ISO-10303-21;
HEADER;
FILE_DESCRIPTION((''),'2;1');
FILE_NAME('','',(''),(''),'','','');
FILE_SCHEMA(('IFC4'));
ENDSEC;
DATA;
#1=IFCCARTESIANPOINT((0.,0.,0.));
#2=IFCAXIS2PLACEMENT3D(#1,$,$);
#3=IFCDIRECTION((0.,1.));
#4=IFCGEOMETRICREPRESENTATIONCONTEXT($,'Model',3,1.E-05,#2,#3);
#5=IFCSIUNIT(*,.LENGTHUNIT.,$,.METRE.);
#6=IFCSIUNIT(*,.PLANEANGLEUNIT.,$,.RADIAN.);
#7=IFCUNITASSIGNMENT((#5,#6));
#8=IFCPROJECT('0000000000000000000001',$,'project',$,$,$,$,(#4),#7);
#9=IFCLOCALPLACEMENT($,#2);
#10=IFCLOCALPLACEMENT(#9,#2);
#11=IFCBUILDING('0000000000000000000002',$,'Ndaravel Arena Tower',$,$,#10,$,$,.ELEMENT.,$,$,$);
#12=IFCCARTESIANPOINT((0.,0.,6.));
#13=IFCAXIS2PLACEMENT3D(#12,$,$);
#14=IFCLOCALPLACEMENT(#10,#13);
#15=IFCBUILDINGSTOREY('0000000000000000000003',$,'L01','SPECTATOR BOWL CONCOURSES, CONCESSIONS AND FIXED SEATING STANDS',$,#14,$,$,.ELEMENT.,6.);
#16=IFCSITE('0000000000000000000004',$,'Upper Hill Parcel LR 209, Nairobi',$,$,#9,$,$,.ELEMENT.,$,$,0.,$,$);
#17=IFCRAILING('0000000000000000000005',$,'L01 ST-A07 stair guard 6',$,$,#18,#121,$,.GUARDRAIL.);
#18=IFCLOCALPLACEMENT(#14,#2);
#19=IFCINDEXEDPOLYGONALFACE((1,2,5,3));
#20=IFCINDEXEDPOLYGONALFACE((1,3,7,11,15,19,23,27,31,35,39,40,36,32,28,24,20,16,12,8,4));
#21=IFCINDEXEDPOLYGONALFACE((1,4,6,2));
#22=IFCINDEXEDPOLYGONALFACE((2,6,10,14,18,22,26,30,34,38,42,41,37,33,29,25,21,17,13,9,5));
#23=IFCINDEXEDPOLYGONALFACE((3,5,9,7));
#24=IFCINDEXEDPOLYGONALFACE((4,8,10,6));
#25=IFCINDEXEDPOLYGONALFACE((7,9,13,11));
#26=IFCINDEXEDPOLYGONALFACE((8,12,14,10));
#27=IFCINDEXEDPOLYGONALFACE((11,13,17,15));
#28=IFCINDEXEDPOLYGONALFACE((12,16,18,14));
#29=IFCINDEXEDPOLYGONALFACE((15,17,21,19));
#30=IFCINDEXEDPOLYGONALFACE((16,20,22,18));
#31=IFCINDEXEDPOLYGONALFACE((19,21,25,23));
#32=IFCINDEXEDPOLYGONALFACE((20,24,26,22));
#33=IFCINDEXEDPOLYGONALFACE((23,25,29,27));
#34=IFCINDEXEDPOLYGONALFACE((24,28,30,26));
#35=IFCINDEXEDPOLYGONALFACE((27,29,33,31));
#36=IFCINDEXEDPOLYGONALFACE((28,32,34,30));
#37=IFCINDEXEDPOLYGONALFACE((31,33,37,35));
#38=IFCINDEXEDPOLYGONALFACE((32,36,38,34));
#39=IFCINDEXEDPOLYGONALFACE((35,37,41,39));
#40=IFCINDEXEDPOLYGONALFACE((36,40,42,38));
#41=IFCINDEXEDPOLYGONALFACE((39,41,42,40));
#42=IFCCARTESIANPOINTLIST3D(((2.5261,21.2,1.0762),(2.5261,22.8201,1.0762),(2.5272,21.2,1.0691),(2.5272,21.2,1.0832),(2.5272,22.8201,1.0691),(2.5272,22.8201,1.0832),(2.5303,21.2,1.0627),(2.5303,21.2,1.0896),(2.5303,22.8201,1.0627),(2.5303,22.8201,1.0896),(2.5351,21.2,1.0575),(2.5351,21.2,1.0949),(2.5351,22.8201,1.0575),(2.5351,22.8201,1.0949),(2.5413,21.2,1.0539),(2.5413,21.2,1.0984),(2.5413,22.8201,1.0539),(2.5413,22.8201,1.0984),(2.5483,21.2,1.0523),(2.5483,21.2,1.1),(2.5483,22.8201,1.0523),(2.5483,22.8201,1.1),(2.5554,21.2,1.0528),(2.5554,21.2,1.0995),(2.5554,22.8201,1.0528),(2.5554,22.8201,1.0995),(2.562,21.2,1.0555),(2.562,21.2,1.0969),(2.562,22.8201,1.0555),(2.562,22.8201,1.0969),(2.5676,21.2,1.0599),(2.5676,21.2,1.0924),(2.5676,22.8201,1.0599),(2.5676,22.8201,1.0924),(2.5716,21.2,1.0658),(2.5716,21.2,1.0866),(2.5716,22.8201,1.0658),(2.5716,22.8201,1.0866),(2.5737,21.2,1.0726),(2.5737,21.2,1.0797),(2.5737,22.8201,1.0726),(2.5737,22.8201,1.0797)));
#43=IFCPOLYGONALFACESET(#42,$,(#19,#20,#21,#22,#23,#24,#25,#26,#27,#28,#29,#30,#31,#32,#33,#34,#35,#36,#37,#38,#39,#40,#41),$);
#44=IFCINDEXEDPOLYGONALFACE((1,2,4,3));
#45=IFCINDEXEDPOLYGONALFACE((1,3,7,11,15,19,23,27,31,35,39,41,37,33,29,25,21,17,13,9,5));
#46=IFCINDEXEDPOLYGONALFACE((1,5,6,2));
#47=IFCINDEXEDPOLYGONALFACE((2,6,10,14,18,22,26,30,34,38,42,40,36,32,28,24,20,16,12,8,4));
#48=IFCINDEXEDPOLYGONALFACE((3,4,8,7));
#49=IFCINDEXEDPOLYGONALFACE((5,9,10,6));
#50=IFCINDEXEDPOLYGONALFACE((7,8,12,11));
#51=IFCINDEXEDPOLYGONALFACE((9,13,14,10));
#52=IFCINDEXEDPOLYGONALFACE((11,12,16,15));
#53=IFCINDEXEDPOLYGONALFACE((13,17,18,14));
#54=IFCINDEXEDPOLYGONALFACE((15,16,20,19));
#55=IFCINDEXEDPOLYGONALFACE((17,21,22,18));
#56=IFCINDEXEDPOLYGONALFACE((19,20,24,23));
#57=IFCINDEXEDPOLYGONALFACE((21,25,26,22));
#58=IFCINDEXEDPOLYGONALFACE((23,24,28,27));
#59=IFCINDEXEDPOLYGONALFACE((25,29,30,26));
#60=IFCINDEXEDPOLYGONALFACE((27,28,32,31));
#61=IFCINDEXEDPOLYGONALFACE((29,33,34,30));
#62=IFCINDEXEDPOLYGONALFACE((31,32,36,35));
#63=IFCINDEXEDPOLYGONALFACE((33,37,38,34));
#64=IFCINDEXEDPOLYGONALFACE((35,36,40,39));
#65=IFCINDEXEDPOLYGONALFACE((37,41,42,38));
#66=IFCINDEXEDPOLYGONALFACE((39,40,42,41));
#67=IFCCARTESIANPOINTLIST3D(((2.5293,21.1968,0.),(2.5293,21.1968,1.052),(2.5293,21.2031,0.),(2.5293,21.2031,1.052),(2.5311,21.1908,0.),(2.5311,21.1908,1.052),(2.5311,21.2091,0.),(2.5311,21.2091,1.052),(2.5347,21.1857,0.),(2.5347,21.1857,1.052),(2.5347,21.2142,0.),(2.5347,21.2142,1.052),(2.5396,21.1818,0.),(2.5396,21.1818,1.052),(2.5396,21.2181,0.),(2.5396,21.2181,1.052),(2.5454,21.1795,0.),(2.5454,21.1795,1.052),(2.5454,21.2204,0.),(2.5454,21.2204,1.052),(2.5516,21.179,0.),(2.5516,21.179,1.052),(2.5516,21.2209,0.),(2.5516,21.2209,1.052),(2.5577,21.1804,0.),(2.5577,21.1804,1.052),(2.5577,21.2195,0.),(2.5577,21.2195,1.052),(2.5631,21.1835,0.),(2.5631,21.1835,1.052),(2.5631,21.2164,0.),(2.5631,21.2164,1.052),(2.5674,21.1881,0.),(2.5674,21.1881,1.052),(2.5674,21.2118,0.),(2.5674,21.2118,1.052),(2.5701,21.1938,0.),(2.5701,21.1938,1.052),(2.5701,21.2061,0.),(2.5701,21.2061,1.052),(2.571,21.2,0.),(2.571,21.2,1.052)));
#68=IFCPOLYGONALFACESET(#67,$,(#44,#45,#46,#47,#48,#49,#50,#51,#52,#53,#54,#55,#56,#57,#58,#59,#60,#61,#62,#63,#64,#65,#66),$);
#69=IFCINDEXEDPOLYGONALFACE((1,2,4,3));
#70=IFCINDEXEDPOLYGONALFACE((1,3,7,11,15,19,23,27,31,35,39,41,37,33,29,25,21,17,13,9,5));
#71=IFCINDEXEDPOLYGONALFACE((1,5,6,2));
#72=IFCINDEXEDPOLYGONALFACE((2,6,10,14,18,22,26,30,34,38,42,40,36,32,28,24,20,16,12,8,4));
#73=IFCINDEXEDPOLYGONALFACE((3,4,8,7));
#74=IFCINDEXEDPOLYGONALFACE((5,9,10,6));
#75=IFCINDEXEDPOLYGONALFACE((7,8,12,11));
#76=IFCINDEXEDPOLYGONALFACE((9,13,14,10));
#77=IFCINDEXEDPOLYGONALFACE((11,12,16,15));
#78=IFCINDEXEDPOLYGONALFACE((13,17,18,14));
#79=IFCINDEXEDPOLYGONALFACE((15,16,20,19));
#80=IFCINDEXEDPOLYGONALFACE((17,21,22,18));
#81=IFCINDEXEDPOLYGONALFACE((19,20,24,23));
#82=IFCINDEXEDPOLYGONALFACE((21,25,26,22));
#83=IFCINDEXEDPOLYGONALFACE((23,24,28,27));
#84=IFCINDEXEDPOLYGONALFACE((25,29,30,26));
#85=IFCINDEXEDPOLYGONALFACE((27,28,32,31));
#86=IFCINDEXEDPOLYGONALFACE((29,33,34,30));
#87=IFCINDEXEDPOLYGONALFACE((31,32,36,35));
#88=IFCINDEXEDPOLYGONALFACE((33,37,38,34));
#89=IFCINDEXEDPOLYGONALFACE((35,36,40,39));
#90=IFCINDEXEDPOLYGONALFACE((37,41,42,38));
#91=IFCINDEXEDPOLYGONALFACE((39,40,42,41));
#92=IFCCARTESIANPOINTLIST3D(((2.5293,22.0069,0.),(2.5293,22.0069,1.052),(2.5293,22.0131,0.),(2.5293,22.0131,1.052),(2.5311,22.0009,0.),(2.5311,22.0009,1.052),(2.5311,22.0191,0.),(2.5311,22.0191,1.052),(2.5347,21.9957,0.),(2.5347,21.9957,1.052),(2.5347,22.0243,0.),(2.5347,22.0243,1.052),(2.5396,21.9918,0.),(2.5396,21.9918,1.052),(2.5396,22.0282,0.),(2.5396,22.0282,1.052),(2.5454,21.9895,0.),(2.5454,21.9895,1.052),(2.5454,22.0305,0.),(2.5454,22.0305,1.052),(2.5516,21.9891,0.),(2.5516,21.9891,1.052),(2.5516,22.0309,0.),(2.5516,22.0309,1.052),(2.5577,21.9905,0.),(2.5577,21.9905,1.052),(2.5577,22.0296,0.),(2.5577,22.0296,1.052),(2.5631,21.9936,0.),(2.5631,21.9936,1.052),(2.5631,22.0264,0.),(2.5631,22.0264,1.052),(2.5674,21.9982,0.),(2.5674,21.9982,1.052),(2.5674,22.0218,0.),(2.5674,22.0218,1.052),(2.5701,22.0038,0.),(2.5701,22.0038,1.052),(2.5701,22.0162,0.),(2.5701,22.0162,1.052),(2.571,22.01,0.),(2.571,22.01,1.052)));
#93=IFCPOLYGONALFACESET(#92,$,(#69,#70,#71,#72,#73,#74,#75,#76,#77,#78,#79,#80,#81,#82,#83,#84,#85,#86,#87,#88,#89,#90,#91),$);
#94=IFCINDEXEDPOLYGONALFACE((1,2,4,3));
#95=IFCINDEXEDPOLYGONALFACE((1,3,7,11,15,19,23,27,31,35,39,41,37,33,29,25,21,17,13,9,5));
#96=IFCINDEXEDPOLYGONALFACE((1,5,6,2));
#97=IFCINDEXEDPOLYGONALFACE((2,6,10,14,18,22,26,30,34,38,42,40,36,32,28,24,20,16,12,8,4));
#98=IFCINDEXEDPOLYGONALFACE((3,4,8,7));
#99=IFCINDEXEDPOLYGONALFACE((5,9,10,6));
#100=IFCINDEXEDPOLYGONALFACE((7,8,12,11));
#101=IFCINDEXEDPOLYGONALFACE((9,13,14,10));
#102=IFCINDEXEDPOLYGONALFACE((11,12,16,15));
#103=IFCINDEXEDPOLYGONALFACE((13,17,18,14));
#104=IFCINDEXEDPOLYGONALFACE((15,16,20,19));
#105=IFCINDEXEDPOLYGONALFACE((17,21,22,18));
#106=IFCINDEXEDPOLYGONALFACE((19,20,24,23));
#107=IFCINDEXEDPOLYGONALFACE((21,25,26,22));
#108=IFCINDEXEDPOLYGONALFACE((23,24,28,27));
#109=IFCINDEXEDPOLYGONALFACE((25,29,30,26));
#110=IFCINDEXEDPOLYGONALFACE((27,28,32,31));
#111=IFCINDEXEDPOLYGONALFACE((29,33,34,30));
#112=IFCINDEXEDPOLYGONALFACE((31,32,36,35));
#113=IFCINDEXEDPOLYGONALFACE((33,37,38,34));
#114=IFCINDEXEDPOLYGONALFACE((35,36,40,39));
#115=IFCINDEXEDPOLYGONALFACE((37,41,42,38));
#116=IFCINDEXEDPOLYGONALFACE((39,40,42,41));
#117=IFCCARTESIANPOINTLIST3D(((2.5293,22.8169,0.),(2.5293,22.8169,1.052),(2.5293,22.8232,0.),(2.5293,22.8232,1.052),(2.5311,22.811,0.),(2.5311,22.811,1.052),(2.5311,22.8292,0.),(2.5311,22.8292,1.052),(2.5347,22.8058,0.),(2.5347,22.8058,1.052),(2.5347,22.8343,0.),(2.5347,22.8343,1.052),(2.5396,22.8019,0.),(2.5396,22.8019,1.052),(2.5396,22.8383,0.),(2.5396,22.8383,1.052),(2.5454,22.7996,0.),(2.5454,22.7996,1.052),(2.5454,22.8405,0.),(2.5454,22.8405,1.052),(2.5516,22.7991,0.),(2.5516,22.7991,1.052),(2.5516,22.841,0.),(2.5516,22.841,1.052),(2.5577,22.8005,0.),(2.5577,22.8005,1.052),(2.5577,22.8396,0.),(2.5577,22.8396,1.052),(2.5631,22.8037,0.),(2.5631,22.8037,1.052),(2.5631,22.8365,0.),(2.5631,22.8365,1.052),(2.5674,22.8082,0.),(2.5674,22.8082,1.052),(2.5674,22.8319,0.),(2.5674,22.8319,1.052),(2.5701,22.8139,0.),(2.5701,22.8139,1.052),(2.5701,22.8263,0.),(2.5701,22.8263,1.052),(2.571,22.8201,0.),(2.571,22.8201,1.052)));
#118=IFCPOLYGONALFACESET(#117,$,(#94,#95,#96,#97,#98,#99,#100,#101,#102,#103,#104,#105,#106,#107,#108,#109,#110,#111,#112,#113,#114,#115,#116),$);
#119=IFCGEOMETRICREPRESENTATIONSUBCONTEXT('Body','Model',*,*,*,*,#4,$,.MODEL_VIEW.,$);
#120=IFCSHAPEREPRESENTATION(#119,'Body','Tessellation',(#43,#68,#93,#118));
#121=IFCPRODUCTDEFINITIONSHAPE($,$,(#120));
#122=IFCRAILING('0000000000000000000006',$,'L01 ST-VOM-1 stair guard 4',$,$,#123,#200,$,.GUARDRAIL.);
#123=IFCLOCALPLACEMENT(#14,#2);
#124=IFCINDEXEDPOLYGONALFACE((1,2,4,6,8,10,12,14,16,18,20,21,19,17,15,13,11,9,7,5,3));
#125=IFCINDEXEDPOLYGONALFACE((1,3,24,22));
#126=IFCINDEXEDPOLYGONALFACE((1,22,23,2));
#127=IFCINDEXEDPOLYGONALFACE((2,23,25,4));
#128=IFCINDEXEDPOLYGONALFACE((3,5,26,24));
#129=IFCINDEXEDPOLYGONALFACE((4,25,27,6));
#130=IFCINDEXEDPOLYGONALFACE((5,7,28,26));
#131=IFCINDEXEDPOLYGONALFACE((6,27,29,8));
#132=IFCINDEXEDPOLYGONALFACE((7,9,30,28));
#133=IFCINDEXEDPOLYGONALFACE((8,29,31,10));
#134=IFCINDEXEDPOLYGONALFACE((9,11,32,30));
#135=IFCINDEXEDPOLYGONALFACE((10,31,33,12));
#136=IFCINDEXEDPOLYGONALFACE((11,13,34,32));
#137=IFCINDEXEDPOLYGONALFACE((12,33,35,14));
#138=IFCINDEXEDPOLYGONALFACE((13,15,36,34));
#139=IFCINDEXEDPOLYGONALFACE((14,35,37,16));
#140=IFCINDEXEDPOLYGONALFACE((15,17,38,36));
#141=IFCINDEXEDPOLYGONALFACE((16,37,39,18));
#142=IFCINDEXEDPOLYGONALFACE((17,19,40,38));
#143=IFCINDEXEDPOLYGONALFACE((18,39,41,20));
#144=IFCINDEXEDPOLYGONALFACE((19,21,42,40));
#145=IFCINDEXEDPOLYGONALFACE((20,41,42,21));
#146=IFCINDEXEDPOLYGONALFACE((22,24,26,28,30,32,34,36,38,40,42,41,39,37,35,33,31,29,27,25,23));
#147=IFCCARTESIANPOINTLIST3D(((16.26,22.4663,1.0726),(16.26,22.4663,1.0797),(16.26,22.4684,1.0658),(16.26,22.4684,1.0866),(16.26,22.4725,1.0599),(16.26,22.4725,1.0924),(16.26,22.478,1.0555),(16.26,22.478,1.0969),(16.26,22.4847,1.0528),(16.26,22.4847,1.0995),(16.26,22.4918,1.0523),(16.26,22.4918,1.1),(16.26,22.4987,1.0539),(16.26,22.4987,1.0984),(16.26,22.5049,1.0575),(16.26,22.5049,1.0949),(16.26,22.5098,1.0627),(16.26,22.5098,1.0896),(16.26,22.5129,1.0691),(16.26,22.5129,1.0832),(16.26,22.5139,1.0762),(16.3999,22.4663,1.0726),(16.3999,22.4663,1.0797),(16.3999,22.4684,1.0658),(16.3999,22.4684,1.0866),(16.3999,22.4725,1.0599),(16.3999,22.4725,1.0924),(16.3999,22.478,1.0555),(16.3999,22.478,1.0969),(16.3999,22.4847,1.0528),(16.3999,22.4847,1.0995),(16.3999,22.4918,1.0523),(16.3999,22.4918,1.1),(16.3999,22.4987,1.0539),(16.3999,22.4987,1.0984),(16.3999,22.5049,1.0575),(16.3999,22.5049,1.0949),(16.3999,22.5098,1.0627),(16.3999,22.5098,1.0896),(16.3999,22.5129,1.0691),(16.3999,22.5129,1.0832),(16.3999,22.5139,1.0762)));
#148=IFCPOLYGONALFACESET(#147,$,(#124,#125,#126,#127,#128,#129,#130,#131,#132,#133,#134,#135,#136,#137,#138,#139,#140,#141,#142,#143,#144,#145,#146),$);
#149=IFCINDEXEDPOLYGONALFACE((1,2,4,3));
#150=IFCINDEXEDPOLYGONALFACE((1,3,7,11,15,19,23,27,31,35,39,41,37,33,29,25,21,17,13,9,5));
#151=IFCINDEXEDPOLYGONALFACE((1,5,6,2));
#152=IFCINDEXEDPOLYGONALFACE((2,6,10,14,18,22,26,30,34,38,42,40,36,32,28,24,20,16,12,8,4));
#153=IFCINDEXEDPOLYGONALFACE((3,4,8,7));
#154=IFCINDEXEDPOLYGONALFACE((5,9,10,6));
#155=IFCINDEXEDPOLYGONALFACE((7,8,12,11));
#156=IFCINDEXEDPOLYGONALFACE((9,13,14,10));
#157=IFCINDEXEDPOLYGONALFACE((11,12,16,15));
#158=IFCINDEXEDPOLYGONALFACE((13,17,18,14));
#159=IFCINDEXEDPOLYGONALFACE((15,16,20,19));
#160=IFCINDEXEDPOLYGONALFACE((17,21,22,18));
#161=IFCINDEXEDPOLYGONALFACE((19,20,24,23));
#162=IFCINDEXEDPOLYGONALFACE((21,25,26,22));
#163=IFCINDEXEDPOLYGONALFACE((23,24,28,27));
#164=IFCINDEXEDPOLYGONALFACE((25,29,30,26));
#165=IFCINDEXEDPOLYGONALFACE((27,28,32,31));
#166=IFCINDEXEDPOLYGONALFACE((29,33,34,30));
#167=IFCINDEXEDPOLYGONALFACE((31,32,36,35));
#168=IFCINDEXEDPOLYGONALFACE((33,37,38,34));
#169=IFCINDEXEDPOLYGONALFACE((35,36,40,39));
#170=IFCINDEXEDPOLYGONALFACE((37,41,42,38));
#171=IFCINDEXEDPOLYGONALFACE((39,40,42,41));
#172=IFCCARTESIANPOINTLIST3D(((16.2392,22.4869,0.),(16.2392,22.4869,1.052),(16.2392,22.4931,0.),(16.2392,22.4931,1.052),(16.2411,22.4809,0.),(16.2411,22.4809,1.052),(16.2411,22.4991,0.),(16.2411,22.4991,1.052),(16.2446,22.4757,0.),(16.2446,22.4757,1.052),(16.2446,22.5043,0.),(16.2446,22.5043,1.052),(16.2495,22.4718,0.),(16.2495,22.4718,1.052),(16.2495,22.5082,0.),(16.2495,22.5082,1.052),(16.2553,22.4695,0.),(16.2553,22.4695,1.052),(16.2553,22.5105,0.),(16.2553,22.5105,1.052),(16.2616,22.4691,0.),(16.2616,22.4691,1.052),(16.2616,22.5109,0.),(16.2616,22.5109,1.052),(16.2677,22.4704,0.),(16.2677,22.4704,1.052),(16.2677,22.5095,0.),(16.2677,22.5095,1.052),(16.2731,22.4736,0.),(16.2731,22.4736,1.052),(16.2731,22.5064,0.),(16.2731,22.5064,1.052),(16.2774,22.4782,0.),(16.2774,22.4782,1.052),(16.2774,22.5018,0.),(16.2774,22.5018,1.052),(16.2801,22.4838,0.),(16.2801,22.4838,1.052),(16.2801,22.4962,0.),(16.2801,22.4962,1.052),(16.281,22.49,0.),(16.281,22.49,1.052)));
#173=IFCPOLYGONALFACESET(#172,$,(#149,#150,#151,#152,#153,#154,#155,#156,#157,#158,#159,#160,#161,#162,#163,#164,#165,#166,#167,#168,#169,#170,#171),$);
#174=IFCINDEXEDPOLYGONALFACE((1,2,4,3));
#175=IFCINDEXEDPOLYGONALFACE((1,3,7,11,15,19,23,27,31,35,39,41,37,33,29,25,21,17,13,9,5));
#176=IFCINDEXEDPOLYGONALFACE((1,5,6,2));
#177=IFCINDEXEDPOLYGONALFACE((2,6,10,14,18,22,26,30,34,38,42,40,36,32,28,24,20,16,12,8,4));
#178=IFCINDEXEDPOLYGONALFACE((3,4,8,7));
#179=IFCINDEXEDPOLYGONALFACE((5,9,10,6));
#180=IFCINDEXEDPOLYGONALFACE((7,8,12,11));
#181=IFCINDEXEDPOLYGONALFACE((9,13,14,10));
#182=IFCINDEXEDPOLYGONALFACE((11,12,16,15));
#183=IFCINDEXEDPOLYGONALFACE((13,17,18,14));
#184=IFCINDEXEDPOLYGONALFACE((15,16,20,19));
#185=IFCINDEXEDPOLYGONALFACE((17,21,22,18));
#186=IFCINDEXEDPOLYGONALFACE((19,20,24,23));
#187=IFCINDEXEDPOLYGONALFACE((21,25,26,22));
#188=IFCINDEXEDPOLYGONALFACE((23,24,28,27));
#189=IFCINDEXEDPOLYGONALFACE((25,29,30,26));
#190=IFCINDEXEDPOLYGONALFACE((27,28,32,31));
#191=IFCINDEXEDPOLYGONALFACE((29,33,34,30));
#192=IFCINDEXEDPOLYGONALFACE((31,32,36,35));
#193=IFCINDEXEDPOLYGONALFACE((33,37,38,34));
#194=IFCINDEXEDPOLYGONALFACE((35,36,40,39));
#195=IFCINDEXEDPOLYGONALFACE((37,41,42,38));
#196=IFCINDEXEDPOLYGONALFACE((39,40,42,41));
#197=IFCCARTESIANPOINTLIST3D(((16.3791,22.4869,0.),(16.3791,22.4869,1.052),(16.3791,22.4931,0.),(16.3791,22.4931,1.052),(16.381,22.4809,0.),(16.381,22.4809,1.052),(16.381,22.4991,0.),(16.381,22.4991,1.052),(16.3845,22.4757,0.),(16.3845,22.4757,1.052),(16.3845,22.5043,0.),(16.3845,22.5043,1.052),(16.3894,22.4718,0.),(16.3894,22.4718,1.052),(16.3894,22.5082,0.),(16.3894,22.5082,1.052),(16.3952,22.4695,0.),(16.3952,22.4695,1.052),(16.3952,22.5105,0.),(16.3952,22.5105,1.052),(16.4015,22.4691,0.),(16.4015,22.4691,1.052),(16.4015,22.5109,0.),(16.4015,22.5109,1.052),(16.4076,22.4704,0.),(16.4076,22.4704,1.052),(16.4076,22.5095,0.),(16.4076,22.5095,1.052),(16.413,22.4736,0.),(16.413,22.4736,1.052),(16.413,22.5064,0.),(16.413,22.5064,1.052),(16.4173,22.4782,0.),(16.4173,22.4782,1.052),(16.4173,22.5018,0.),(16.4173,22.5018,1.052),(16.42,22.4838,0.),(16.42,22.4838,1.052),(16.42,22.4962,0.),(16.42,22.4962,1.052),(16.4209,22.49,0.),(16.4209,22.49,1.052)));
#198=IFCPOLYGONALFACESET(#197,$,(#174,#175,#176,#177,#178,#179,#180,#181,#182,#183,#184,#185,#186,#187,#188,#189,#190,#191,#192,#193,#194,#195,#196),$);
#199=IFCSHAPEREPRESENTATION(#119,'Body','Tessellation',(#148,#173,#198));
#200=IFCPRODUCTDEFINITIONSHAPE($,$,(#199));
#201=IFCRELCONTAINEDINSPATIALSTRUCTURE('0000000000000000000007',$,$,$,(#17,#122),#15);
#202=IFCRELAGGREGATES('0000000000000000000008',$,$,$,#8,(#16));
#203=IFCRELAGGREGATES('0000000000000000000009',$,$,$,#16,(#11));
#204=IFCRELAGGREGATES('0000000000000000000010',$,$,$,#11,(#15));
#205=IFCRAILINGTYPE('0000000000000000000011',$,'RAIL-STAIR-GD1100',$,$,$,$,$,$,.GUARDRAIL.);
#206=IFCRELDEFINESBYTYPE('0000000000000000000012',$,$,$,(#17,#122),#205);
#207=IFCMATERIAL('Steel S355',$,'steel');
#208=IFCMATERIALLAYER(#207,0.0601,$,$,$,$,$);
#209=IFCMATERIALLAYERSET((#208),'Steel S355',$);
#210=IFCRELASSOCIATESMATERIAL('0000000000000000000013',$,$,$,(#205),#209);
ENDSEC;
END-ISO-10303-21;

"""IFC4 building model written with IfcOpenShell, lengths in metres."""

from ifc_helpers import new_model, si_unit, direction, frame, origin, origin_2d, place, context, subcontext, project, spatial, circle, extrude, material, layer, layer_set, type_object, element, save


model = new_model("IFC4")

# Units and contexts
model_context = context("Model", 3, precision=1e-05, world=origin(), true_north=direction((0.0, 1.0)))
body_context = subcontext(model_context, "Body", "Model", "MODEL_VIEW")
ifc_project = project(units=[si_unit("LENGTHUNIT", "METRE"), si_unit("PLANEANGLEUNIT", "RADIAN")], contexts=[model_context])

# Site, building, storey
site_placement = place(None, origin())
site = spatial("IfcSite", under=ifc_project, at=site_placement, Name="Upper Hill Parcel LR 209, Nairobi", CompositionType="ELEMENT", RefElevation=0.0)
building_placement = place(site_placement, origin())
building = spatial("IfcBuilding", under=site, at=building_placement, Name="Ndaravel Arena Tower", CompositionType="ELEMENT")
storey_placement = place(building_placement, frame((0.0, 0.0, 6.0)))
storey = spatial("IfcBuildingStorey", under=building, at=storey_placement, Name="L01", Description="SPECTATOR BOWL CONCOURSES, CONCESSIONS AND FIXED SEATING STANDS", CompositionType="ELEMENT", Elevation=6.0)

# Railings
ifc_material_1 = material(Name="Steel S355", Category="steel")
ifc_layer_1 = layer(ifc_material_1, 0.0601)
ifc_layer_set_1 = layer_set([ifc_layer_1], Name="Steel S355")
railing_type_1 = type_object("IfcRailingType", Name="RAIL-STAIR-GD1100", PredefinedType="GUARDRAIL", material=ifc_layer_set_1)
for number, where, name in (
    (1, (2.55, 21.2, 0.0), "L01 ST-A07 stair guard 6"),
):
    element("IfcRailing", number, at=place(storey_placement, frame(where)), inside=storey, type_object=railing_type_1, Name=name, PredefinedType="GUARDRAIL", context=body_context, shape_type="SweptSolid", body=[
        extrude(circle(Radius=0.0239, at=origin_2d()), frame((0.0, 0.0, 1.0762), z_axis=(0.0, 1.0, 0.0), x_axis=(-1.0, 0.0, 0.0)), (0.0, 0.0, 1.0), 1.6201),
        extrude(circle(Radius=0.021, at=origin_2d()), origin(), (0.0, 0.0, 1.0), 1.052),
        extrude(circle(Radius=0.021, at=origin_2d()), frame((0.0, 0.8101, 0.0)), (0.0, 0.0, 1.0), 1.052),
        extrude(circle(Radius=0.021, at=origin_2d()), frame((0.0, 1.6201, 0.0)), (0.0, 0.0, 1.0), 1.052),
    ])
railing_1_placement = place(storey_placement, frame((16.26, 22.49, 0.0)))
element("IfcRailing", 2, at=railing_1_placement, inside=storey, type_object=railing_type_1, Name="L01 ST-VOM-1 stair guard 4", PredefinedType="GUARDRAIL", context=body_context, shape_type="SweptSolid", body=[
    extrude(circle(Radius=0.0239, at=origin_2d()), frame((0.0, 0.0, 1.0762), z_axis=(1.0, 0.0, 0.0), x_axis=(0.0, 1.0, 0.0)), (0.0, 0.0, 1.0), 0.1399),
    extrude(circle(Radius=0.021, at=origin_2d()), origin(), (0.0, 0.0, 1.0), 1.052),
    extrude(circle(Radius=0.021, at=origin_2d()), frame((0.1399, 0.0, 0.0)), (0.0, 0.0, 1.0), 1.052),
])

save(model, "model.ifc")
